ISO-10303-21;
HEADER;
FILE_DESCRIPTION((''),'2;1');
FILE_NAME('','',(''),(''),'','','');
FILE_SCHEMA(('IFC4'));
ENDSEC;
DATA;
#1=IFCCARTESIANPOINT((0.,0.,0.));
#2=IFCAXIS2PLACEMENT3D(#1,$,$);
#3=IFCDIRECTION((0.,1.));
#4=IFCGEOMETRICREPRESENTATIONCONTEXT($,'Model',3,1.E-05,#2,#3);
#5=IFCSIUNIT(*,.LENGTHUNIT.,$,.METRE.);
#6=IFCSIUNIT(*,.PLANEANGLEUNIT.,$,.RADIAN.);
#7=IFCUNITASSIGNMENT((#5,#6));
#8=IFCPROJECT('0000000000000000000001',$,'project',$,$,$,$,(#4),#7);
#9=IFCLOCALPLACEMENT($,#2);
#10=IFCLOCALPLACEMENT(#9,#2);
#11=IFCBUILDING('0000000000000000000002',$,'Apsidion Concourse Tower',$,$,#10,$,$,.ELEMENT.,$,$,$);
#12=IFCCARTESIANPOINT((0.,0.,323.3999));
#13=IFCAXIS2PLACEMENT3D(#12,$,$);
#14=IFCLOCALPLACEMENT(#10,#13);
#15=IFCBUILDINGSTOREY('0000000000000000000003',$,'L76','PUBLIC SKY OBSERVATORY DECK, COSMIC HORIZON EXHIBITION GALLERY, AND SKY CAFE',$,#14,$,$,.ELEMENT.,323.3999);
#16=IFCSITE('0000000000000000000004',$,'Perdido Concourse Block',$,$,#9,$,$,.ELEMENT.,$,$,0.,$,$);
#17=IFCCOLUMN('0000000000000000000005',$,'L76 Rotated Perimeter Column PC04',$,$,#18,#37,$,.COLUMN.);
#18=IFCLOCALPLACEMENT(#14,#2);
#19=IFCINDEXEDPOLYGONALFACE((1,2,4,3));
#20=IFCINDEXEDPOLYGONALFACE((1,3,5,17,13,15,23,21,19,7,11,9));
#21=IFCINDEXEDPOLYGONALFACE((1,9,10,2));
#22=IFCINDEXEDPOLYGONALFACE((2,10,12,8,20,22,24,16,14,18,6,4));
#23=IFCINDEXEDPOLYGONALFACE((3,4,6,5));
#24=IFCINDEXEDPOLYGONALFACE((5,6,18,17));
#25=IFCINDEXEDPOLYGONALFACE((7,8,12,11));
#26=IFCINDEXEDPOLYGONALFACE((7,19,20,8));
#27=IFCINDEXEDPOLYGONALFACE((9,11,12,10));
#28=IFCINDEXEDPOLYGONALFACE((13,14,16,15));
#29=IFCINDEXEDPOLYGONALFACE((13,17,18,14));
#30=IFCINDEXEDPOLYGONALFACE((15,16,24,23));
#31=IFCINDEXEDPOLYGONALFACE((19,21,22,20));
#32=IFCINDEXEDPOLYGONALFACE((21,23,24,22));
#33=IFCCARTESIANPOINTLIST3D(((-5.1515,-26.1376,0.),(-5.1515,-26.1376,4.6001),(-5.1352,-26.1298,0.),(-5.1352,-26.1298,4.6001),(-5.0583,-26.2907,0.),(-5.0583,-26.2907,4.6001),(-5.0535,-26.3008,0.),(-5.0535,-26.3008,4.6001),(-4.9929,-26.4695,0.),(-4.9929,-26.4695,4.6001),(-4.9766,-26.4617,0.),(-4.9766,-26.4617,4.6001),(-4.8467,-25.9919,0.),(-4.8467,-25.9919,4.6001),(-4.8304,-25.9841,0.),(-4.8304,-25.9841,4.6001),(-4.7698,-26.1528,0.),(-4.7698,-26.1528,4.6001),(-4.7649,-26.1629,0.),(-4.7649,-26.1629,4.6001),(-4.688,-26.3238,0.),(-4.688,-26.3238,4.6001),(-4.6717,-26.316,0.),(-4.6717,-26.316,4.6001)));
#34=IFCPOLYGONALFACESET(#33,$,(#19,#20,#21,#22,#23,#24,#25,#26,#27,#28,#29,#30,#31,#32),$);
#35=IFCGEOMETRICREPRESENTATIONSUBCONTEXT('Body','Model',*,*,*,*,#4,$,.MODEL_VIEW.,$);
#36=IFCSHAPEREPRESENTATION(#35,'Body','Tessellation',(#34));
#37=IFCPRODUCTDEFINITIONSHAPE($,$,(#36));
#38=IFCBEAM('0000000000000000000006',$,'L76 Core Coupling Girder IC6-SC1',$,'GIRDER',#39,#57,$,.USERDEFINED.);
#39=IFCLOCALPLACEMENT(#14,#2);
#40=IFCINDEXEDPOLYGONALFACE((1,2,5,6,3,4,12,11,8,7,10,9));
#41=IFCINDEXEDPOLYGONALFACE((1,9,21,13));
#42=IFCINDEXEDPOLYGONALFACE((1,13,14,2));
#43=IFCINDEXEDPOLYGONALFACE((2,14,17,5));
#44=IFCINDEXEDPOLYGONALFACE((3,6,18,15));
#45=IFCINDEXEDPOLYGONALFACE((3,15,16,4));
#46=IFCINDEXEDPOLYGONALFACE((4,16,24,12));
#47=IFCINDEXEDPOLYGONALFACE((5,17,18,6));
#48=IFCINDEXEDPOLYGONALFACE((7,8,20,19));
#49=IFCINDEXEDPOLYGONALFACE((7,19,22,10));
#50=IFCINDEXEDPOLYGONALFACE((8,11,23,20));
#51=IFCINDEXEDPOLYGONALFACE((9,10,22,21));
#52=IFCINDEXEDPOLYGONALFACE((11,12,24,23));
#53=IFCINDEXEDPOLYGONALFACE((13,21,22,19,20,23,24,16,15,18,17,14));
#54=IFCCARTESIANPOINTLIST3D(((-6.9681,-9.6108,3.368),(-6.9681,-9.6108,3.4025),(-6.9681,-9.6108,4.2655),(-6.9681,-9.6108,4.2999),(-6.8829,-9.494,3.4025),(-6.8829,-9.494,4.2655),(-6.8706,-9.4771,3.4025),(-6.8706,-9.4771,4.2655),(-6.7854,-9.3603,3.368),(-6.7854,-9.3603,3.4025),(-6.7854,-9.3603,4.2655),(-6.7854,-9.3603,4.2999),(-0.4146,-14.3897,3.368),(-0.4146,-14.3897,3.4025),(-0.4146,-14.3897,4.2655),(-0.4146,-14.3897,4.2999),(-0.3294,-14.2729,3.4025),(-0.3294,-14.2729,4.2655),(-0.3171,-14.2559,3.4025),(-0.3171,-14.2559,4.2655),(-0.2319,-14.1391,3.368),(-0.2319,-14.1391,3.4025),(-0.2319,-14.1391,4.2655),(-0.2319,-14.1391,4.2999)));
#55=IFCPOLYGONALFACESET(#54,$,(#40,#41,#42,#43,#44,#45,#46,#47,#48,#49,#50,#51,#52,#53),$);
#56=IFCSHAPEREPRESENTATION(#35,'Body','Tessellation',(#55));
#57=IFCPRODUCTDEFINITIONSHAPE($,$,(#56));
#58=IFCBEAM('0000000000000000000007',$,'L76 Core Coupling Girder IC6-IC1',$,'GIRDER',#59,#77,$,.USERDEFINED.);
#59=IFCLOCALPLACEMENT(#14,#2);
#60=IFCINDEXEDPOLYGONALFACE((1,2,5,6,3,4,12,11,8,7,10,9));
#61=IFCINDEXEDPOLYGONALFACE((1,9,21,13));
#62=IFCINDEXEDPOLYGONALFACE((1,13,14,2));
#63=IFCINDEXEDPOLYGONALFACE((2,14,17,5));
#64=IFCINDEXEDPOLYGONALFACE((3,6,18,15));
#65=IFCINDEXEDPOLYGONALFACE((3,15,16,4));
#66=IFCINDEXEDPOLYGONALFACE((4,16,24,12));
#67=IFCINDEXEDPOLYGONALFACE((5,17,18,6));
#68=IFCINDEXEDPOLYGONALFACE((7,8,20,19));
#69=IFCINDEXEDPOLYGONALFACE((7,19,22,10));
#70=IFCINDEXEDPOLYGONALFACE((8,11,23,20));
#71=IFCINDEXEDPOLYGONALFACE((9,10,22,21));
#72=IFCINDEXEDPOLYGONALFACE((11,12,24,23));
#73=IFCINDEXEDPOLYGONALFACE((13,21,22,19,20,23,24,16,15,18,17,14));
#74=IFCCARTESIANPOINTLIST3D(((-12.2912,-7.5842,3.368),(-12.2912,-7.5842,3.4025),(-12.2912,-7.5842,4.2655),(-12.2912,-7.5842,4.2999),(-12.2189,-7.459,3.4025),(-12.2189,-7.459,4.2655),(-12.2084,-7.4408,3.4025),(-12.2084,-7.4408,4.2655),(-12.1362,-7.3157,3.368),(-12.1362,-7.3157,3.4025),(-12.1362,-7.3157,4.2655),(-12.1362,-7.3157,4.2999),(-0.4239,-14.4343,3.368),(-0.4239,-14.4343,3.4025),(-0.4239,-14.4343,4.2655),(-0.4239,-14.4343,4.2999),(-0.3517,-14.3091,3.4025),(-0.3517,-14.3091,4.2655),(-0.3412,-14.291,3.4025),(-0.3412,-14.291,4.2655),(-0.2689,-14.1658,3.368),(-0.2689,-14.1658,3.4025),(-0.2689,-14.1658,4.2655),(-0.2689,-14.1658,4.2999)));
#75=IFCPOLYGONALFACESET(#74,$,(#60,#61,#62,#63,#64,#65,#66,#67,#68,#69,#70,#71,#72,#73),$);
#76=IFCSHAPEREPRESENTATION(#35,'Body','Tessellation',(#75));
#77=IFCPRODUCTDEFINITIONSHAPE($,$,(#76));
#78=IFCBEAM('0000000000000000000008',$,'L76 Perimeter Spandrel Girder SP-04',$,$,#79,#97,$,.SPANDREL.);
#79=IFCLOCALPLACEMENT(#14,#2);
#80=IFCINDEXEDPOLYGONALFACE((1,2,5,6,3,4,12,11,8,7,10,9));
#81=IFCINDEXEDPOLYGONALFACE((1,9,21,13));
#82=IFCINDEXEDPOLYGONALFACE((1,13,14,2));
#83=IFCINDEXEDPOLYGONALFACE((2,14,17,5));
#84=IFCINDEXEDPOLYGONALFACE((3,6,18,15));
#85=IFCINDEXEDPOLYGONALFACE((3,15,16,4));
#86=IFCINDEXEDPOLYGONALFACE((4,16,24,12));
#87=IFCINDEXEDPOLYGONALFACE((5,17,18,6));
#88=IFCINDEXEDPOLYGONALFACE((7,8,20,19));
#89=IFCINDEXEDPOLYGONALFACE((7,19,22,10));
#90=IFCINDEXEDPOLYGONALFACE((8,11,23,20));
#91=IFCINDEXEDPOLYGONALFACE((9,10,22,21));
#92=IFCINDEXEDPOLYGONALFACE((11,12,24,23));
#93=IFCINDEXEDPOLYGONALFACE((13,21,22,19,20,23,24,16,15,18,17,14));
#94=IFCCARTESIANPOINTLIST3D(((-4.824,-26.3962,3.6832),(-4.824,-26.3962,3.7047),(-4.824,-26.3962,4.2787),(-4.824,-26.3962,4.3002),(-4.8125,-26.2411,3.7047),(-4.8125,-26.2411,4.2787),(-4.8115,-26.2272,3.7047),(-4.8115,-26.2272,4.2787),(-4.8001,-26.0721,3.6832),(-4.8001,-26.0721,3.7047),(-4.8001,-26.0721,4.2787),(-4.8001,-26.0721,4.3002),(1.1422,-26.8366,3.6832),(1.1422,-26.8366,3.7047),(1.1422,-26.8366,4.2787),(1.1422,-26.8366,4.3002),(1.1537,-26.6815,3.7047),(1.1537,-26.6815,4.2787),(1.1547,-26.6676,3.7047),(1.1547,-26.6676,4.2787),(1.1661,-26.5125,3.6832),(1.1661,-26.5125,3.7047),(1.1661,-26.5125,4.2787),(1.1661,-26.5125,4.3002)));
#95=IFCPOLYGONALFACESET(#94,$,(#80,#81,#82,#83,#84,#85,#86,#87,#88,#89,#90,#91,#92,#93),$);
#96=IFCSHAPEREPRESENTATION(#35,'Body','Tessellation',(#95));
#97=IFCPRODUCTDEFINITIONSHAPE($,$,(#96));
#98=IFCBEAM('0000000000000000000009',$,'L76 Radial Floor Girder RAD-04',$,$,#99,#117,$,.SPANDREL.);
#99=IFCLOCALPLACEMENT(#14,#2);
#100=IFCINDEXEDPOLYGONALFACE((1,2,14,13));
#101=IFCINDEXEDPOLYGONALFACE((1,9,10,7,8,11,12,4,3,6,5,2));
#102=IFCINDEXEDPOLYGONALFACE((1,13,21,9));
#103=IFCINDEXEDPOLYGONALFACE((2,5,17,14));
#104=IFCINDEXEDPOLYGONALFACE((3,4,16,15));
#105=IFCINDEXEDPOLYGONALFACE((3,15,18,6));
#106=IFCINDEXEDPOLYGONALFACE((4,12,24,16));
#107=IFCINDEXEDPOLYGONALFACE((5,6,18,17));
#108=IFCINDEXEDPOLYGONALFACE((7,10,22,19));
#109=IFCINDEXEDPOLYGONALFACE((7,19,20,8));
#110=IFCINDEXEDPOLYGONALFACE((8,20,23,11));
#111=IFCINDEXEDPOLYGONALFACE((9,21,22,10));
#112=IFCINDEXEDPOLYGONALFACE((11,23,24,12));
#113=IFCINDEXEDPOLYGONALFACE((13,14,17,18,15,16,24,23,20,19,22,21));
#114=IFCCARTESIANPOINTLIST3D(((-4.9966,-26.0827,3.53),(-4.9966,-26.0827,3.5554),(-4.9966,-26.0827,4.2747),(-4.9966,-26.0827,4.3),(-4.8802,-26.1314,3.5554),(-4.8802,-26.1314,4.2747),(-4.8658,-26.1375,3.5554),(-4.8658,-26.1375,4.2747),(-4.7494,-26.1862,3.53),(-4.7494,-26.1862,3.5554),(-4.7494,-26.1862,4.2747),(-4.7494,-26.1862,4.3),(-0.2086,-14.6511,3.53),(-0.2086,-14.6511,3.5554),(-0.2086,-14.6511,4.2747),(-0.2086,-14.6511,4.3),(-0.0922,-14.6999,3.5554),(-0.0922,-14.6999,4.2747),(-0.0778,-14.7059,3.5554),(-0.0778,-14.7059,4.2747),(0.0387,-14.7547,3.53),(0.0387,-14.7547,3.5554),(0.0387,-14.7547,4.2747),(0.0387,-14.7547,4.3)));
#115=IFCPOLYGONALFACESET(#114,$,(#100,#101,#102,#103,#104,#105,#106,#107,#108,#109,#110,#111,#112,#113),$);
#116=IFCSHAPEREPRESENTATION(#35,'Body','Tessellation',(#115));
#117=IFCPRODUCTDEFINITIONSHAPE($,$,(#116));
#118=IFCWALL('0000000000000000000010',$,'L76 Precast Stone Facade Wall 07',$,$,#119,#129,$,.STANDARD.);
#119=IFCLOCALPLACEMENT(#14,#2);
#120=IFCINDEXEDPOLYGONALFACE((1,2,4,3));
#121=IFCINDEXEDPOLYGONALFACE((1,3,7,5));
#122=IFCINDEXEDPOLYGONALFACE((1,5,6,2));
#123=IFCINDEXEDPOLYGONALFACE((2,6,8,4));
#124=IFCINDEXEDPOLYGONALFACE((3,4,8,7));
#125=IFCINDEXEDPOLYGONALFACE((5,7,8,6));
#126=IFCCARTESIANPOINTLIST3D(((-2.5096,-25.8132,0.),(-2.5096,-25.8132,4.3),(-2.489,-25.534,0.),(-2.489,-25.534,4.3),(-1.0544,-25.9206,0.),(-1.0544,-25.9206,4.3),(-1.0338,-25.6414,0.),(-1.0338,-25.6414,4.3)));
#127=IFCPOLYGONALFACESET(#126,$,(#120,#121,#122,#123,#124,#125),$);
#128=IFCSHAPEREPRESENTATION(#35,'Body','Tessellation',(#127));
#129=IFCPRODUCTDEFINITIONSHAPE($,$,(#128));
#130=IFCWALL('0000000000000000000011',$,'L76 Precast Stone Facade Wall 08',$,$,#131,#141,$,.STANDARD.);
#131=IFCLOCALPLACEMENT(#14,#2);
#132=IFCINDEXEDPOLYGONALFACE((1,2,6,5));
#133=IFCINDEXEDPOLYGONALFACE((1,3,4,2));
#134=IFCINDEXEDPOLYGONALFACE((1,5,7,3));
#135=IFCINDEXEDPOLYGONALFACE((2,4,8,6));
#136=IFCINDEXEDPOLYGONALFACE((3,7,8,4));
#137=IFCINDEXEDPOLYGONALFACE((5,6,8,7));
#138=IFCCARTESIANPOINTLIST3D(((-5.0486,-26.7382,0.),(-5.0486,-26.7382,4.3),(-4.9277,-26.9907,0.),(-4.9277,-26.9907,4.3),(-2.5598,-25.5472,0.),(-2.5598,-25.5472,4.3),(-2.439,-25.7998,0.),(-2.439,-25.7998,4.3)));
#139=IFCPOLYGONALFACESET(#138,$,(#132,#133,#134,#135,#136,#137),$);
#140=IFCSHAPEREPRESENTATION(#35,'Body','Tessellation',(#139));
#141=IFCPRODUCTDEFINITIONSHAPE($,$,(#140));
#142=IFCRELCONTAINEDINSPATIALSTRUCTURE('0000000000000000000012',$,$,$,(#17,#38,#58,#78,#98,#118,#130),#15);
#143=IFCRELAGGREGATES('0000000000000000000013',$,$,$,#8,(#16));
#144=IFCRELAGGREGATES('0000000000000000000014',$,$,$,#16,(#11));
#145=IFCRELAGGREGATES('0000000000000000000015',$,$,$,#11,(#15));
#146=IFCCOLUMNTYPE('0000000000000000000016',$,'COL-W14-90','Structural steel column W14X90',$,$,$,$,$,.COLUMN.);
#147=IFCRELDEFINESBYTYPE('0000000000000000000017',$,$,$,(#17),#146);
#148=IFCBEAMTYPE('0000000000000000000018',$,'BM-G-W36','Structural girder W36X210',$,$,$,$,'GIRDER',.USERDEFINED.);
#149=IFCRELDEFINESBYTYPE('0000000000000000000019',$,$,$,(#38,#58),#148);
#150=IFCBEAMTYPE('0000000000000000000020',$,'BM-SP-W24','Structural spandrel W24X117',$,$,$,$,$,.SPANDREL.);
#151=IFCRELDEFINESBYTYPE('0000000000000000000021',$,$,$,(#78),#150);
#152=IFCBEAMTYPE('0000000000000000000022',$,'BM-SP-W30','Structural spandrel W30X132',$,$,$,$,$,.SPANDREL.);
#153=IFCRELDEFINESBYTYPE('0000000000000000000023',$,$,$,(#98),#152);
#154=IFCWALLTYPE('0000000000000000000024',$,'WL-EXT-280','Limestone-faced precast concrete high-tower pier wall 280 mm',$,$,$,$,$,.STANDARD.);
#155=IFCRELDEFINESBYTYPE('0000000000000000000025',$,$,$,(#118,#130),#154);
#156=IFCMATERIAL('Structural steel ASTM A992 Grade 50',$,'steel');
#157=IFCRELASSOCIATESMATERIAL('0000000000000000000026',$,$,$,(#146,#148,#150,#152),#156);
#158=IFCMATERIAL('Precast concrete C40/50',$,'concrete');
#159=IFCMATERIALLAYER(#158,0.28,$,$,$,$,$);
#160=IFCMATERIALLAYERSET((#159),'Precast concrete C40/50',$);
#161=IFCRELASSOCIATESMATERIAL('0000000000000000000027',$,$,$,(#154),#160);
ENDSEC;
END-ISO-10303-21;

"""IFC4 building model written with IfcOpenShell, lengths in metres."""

from ifc_helpers import new_model, si_unit, direction, frame, frame_2d, origin, origin_2d, place, context, subcontext, project, spatial, rectangle, i_section, extrude, material, layer, layer_set, material_profile, profile_set, type_object, element, save


model = new_model("IFC4")

# Units and contexts
model_context = context("Model", 3, precision=1e-05, world=origin(), true_north=direction((0.0, 1.0)))
body_context = subcontext(model_context, "Body", "Model", "MODEL_VIEW")
ifc_project = project(units=[si_unit("LENGTHUNIT", "METRE"), si_unit("PLANEANGLEUNIT", "RADIAN")], contexts=[model_context])

# Site, building, storey
site_placement = place(None, origin())
site = spatial("IfcSite", under=ifc_project, at=site_placement, Name="Perdido Concourse Block", CompositionType="ELEMENT", RefElevation=0.0)
building_placement = place(site_placement, origin())
building = spatial("IfcBuilding", under=site, at=building_placement, Name="Apsidion Concourse Tower", CompositionType="ELEMENT")
storey_placement = place(building_placement, frame((0.0, 0.0, 323.3999)))
storey = spatial("IfcBuildingStorey", under=building, at=storey_placement, Name="L76", Description="PUBLIC SKY OBSERVATORY DECK, COSMIC HORIZON EXHIBITION GALLERY, AND SKY CAFE", CompositionType="ELEMENT", Elevation=323.3999)

# Column
ifc_material_1 = material(Name="Structural steel ASTM A992 Grade 50", Category="steel")
ifc_material_profile_1 = material_profile(ifc_material_1, i_section(OverallWidth=0.3679, OverallDepth=0.356, WebThickness=0.0112, FlangeThickness=0.0181, at=origin_2d()), Name="W14X90")
ifc_profile_set_1 = profile_set([ifc_material_profile_1], Name="Structural steel ASTM A992 Grade 50")
column_type = type_object("IfcColumnType", Name="COL-W14-90", Description="Structural steel column W14X90", PredefinedType="COLUMN", material=ifc_profile_set_1)
column_placement = place(storey_placement, frame((-4.9116, -26.2268, 0.0), z_axis=(0.0, 0.0, 1.0), x_axis=(-0.431299, 0.902209, 0.0)))
element("IfcColumn", 1, at=column_placement, inside=storey, type_object=column_type, Name="L76 Rotated Perimeter Column PC04", PredefinedType="COLUMN", context=body_context, shape_type="SweptSolid", body=[
    extrude(i_section(OverallWidth=0.3679, OverallDepth=0.356, WebThickness=0.0112, FlangeThickness=0.0181, at=origin_2d()), origin(), (0.0, 0.0, 1.0), 4.6001),
])

# Beams
ifc_material_profile_2 = material_profile(ifc_material_1, i_section(OverallWidth=0.3101, OverallDepth=0.9319, WebThickness=0.021, FlangeThickness=0.0344, at=origin_2d()), Name="W36X210")
ifc_profile_set_2 = profile_set([ifc_material_profile_2], Name="Structural steel ASTM A992 Grade 50")
beam_type_1 = type_object("IfcBeamType", Name="BM-G-W36", Description="Structural girder W36X210", ElementType="GIRDER", PredefinedType="USERDEFINED", material=ifc_profile_set_2)
beam_1_placement = place(storey_placement, frame((-0.3232, -14.2644, 3.834), z_axis=(-0.807993, 0.589191, 0.0), x_axis=(-0.589191, -0.807993, 0.0)))
element("IfcBeam", 2, at=beam_1_placement, inside=storey, type_object=beam_type_1, Name="L76 Core Coupling Girder IC6-SC1", ObjectType="GIRDER", PredefinedType="USERDEFINED", context=body_context, shape_type="SweptSolid", body=[
    extrude(i_section(OverallWidth=0.3101, OverallDepth=0.9319, WebThickness=0.021, FlangeThickness=0.0344, at=origin_2d()), origin(), (0.0, 0.0, 1.0), 8.1108),
])
beam_2_placement = place(storey_placement, frame((-0.3464, -14.3, 3.834), z_axis=(-0.86607, 0.499922, 0.0), x_axis=(-0.499922, -0.86607, 0.0)))
element("IfcBeam", 3, at=beam_2_placement, inside=storey, type_object=beam_type_1, Name="L76 Core Coupling Girder IC6-IC1", ObjectType="GIRDER", PredefinedType="USERDEFINED", context=body_context, shape_type="SweptSolid", body=[
    extrude(i_section(OverallWidth=0.3101, OverallDepth=0.9319, WebThickness=0.021, FlangeThickness=0.0344, at=origin_2d()), origin(), (0.0, 0.0, 1.0), 13.7024),
])
ifc_material_profile_3 = material_profile(ifc_material_1, i_section(OverallWidth=0.325, OverallDepth=0.6169, WebThickness=0.0139, FlangeThickness=0.0215, at=origin_2d()), Name="W24X117")
ifc_profile_set_3 = profile_set([ifc_material_profile_3], Name="Structural steel ASTM A992 Grade 50")
beam_type_2 = type_object("IfcBeamType", Name="BM-SP-W24", Description="Structural spandrel W24X117", PredefinedType="SPANDREL", material=ifc_profile_set_3)
beam_3_placement = place(storey_placement, frame((-4.812, -26.2341, 3.9917), z_axis=(0.997286, -0.073619, 0.0), x_axis=(0.073619, 0.997286, 0.0)))
element("IfcBeam", 4, at=beam_3_placement, inside=storey, type_object=beam_type_2, Name="L76 Perimeter Spandrel Girder SP-04", PredefinedType="SPANDREL", context=body_context, shape_type="SweptSolid", body=[
    extrude(i_section(OverallWidth=0.325, OverallDepth=0.6169, WebThickness=0.0139, FlangeThickness=0.0215, at=origin_2d()), origin(), (0.0, 0.0, 1.0), 5.9824),
])
ifc_material_profile_4 = material_profile(ifc_material_1, i_section(OverallWidth=0.2681, OverallDepth=0.77, WebThickness=0.0156, FlangeThickness=0.0254, at=origin_2d()), Name="W30X132")
ifc_profile_set_4 = profile_set([ifc_material_profile_4], Name="Structural steel ASTM A992 Grade 50")
beam_type_3 = type_object("IfcBeamType", Name="BM-SP-W30", Description="Structural spandrel W30X132", PredefinedType="SPANDREL", material=ifc_profile_set_4)
beam_4_placement = place(storey_placement, frame((-0.085, -14.7029, 3.915), z_axis=(-0.386327, -0.922362, 0.0), x_axis=(0.922362, -0.386327, 0.0)))
element("IfcBeam", 5, at=beam_4_placement, inside=storey, type_object=beam_type_3, Name="L76 Radial Floor Girder RAD-04", PredefinedType="SPANDREL", context=body_context, shape_type="SweptSolid", body=[
    extrude(i_section(OverallWidth=0.2681, OverallDepth=0.77, WebThickness=0.0156, FlangeThickness=0.0254, at=origin_2d()), origin(), (0.0, 0.0, 1.0), 12.3938),
])

# Walls
ifc_material_2 = material(Name="Precast concrete C40/50", Category="concrete")
ifc_layer_1 = layer(ifc_material_2, 0.28)
ifc_layer_set_1 = layer_set([ifc_layer_1], Name="Precast concrete C40/50")
wall_type_1 = type_object("IfcWallType", Name="WL-EXT-280", Description="Limestone-faced precast concrete high-tower pier wall 280 mm", PredefinedType="STANDARD", material=ifc_layer_set_1)
wall_1_placement = place(storey_placement, frame((-1.0442, -25.781, 0.0), z_axis=(0.0, 0.0, 1.0), x_axis=(-0.997287, 0.073613, 0.0)))
element("IfcWall", 6, at=wall_1_placement, inside=storey, type_object=wall_type_1, Name="L76 Precast Stone Facade Wall 07", PredefinedType="STANDARD", context=body_context, shape_type="SweptSolid", body=[
    extrude(rectangle(XDim=1.4592, YDim=0.28, at=frame_2d((0.7295, 0.0))), origin(), (0.0, 0.0, 1.0), 4.3),
])
wall_2_placement = place(storey_placement, frame((-2.4995, -25.6736, 0.0), z_axis=(0.0, 0.0, 1.0), x_axis=(-0.902044, -0.431643, 0.0)))
element("IfcWall", 7, at=wall_2_placement, inside=storey, type_object=wall_type_1, Name="L76 Precast Stone Facade Wall 08", PredefinedType="STANDARD", context=body_context, shape_type="SweptSolid", body=[
    extrude(rectangle(XDim=2.759, YDim=0.28, at=frame_2d((1.3794, 0.0))), origin(), (0.0, 0.0, 1.0), 4.3),
])

save(model, "model.ifc")
